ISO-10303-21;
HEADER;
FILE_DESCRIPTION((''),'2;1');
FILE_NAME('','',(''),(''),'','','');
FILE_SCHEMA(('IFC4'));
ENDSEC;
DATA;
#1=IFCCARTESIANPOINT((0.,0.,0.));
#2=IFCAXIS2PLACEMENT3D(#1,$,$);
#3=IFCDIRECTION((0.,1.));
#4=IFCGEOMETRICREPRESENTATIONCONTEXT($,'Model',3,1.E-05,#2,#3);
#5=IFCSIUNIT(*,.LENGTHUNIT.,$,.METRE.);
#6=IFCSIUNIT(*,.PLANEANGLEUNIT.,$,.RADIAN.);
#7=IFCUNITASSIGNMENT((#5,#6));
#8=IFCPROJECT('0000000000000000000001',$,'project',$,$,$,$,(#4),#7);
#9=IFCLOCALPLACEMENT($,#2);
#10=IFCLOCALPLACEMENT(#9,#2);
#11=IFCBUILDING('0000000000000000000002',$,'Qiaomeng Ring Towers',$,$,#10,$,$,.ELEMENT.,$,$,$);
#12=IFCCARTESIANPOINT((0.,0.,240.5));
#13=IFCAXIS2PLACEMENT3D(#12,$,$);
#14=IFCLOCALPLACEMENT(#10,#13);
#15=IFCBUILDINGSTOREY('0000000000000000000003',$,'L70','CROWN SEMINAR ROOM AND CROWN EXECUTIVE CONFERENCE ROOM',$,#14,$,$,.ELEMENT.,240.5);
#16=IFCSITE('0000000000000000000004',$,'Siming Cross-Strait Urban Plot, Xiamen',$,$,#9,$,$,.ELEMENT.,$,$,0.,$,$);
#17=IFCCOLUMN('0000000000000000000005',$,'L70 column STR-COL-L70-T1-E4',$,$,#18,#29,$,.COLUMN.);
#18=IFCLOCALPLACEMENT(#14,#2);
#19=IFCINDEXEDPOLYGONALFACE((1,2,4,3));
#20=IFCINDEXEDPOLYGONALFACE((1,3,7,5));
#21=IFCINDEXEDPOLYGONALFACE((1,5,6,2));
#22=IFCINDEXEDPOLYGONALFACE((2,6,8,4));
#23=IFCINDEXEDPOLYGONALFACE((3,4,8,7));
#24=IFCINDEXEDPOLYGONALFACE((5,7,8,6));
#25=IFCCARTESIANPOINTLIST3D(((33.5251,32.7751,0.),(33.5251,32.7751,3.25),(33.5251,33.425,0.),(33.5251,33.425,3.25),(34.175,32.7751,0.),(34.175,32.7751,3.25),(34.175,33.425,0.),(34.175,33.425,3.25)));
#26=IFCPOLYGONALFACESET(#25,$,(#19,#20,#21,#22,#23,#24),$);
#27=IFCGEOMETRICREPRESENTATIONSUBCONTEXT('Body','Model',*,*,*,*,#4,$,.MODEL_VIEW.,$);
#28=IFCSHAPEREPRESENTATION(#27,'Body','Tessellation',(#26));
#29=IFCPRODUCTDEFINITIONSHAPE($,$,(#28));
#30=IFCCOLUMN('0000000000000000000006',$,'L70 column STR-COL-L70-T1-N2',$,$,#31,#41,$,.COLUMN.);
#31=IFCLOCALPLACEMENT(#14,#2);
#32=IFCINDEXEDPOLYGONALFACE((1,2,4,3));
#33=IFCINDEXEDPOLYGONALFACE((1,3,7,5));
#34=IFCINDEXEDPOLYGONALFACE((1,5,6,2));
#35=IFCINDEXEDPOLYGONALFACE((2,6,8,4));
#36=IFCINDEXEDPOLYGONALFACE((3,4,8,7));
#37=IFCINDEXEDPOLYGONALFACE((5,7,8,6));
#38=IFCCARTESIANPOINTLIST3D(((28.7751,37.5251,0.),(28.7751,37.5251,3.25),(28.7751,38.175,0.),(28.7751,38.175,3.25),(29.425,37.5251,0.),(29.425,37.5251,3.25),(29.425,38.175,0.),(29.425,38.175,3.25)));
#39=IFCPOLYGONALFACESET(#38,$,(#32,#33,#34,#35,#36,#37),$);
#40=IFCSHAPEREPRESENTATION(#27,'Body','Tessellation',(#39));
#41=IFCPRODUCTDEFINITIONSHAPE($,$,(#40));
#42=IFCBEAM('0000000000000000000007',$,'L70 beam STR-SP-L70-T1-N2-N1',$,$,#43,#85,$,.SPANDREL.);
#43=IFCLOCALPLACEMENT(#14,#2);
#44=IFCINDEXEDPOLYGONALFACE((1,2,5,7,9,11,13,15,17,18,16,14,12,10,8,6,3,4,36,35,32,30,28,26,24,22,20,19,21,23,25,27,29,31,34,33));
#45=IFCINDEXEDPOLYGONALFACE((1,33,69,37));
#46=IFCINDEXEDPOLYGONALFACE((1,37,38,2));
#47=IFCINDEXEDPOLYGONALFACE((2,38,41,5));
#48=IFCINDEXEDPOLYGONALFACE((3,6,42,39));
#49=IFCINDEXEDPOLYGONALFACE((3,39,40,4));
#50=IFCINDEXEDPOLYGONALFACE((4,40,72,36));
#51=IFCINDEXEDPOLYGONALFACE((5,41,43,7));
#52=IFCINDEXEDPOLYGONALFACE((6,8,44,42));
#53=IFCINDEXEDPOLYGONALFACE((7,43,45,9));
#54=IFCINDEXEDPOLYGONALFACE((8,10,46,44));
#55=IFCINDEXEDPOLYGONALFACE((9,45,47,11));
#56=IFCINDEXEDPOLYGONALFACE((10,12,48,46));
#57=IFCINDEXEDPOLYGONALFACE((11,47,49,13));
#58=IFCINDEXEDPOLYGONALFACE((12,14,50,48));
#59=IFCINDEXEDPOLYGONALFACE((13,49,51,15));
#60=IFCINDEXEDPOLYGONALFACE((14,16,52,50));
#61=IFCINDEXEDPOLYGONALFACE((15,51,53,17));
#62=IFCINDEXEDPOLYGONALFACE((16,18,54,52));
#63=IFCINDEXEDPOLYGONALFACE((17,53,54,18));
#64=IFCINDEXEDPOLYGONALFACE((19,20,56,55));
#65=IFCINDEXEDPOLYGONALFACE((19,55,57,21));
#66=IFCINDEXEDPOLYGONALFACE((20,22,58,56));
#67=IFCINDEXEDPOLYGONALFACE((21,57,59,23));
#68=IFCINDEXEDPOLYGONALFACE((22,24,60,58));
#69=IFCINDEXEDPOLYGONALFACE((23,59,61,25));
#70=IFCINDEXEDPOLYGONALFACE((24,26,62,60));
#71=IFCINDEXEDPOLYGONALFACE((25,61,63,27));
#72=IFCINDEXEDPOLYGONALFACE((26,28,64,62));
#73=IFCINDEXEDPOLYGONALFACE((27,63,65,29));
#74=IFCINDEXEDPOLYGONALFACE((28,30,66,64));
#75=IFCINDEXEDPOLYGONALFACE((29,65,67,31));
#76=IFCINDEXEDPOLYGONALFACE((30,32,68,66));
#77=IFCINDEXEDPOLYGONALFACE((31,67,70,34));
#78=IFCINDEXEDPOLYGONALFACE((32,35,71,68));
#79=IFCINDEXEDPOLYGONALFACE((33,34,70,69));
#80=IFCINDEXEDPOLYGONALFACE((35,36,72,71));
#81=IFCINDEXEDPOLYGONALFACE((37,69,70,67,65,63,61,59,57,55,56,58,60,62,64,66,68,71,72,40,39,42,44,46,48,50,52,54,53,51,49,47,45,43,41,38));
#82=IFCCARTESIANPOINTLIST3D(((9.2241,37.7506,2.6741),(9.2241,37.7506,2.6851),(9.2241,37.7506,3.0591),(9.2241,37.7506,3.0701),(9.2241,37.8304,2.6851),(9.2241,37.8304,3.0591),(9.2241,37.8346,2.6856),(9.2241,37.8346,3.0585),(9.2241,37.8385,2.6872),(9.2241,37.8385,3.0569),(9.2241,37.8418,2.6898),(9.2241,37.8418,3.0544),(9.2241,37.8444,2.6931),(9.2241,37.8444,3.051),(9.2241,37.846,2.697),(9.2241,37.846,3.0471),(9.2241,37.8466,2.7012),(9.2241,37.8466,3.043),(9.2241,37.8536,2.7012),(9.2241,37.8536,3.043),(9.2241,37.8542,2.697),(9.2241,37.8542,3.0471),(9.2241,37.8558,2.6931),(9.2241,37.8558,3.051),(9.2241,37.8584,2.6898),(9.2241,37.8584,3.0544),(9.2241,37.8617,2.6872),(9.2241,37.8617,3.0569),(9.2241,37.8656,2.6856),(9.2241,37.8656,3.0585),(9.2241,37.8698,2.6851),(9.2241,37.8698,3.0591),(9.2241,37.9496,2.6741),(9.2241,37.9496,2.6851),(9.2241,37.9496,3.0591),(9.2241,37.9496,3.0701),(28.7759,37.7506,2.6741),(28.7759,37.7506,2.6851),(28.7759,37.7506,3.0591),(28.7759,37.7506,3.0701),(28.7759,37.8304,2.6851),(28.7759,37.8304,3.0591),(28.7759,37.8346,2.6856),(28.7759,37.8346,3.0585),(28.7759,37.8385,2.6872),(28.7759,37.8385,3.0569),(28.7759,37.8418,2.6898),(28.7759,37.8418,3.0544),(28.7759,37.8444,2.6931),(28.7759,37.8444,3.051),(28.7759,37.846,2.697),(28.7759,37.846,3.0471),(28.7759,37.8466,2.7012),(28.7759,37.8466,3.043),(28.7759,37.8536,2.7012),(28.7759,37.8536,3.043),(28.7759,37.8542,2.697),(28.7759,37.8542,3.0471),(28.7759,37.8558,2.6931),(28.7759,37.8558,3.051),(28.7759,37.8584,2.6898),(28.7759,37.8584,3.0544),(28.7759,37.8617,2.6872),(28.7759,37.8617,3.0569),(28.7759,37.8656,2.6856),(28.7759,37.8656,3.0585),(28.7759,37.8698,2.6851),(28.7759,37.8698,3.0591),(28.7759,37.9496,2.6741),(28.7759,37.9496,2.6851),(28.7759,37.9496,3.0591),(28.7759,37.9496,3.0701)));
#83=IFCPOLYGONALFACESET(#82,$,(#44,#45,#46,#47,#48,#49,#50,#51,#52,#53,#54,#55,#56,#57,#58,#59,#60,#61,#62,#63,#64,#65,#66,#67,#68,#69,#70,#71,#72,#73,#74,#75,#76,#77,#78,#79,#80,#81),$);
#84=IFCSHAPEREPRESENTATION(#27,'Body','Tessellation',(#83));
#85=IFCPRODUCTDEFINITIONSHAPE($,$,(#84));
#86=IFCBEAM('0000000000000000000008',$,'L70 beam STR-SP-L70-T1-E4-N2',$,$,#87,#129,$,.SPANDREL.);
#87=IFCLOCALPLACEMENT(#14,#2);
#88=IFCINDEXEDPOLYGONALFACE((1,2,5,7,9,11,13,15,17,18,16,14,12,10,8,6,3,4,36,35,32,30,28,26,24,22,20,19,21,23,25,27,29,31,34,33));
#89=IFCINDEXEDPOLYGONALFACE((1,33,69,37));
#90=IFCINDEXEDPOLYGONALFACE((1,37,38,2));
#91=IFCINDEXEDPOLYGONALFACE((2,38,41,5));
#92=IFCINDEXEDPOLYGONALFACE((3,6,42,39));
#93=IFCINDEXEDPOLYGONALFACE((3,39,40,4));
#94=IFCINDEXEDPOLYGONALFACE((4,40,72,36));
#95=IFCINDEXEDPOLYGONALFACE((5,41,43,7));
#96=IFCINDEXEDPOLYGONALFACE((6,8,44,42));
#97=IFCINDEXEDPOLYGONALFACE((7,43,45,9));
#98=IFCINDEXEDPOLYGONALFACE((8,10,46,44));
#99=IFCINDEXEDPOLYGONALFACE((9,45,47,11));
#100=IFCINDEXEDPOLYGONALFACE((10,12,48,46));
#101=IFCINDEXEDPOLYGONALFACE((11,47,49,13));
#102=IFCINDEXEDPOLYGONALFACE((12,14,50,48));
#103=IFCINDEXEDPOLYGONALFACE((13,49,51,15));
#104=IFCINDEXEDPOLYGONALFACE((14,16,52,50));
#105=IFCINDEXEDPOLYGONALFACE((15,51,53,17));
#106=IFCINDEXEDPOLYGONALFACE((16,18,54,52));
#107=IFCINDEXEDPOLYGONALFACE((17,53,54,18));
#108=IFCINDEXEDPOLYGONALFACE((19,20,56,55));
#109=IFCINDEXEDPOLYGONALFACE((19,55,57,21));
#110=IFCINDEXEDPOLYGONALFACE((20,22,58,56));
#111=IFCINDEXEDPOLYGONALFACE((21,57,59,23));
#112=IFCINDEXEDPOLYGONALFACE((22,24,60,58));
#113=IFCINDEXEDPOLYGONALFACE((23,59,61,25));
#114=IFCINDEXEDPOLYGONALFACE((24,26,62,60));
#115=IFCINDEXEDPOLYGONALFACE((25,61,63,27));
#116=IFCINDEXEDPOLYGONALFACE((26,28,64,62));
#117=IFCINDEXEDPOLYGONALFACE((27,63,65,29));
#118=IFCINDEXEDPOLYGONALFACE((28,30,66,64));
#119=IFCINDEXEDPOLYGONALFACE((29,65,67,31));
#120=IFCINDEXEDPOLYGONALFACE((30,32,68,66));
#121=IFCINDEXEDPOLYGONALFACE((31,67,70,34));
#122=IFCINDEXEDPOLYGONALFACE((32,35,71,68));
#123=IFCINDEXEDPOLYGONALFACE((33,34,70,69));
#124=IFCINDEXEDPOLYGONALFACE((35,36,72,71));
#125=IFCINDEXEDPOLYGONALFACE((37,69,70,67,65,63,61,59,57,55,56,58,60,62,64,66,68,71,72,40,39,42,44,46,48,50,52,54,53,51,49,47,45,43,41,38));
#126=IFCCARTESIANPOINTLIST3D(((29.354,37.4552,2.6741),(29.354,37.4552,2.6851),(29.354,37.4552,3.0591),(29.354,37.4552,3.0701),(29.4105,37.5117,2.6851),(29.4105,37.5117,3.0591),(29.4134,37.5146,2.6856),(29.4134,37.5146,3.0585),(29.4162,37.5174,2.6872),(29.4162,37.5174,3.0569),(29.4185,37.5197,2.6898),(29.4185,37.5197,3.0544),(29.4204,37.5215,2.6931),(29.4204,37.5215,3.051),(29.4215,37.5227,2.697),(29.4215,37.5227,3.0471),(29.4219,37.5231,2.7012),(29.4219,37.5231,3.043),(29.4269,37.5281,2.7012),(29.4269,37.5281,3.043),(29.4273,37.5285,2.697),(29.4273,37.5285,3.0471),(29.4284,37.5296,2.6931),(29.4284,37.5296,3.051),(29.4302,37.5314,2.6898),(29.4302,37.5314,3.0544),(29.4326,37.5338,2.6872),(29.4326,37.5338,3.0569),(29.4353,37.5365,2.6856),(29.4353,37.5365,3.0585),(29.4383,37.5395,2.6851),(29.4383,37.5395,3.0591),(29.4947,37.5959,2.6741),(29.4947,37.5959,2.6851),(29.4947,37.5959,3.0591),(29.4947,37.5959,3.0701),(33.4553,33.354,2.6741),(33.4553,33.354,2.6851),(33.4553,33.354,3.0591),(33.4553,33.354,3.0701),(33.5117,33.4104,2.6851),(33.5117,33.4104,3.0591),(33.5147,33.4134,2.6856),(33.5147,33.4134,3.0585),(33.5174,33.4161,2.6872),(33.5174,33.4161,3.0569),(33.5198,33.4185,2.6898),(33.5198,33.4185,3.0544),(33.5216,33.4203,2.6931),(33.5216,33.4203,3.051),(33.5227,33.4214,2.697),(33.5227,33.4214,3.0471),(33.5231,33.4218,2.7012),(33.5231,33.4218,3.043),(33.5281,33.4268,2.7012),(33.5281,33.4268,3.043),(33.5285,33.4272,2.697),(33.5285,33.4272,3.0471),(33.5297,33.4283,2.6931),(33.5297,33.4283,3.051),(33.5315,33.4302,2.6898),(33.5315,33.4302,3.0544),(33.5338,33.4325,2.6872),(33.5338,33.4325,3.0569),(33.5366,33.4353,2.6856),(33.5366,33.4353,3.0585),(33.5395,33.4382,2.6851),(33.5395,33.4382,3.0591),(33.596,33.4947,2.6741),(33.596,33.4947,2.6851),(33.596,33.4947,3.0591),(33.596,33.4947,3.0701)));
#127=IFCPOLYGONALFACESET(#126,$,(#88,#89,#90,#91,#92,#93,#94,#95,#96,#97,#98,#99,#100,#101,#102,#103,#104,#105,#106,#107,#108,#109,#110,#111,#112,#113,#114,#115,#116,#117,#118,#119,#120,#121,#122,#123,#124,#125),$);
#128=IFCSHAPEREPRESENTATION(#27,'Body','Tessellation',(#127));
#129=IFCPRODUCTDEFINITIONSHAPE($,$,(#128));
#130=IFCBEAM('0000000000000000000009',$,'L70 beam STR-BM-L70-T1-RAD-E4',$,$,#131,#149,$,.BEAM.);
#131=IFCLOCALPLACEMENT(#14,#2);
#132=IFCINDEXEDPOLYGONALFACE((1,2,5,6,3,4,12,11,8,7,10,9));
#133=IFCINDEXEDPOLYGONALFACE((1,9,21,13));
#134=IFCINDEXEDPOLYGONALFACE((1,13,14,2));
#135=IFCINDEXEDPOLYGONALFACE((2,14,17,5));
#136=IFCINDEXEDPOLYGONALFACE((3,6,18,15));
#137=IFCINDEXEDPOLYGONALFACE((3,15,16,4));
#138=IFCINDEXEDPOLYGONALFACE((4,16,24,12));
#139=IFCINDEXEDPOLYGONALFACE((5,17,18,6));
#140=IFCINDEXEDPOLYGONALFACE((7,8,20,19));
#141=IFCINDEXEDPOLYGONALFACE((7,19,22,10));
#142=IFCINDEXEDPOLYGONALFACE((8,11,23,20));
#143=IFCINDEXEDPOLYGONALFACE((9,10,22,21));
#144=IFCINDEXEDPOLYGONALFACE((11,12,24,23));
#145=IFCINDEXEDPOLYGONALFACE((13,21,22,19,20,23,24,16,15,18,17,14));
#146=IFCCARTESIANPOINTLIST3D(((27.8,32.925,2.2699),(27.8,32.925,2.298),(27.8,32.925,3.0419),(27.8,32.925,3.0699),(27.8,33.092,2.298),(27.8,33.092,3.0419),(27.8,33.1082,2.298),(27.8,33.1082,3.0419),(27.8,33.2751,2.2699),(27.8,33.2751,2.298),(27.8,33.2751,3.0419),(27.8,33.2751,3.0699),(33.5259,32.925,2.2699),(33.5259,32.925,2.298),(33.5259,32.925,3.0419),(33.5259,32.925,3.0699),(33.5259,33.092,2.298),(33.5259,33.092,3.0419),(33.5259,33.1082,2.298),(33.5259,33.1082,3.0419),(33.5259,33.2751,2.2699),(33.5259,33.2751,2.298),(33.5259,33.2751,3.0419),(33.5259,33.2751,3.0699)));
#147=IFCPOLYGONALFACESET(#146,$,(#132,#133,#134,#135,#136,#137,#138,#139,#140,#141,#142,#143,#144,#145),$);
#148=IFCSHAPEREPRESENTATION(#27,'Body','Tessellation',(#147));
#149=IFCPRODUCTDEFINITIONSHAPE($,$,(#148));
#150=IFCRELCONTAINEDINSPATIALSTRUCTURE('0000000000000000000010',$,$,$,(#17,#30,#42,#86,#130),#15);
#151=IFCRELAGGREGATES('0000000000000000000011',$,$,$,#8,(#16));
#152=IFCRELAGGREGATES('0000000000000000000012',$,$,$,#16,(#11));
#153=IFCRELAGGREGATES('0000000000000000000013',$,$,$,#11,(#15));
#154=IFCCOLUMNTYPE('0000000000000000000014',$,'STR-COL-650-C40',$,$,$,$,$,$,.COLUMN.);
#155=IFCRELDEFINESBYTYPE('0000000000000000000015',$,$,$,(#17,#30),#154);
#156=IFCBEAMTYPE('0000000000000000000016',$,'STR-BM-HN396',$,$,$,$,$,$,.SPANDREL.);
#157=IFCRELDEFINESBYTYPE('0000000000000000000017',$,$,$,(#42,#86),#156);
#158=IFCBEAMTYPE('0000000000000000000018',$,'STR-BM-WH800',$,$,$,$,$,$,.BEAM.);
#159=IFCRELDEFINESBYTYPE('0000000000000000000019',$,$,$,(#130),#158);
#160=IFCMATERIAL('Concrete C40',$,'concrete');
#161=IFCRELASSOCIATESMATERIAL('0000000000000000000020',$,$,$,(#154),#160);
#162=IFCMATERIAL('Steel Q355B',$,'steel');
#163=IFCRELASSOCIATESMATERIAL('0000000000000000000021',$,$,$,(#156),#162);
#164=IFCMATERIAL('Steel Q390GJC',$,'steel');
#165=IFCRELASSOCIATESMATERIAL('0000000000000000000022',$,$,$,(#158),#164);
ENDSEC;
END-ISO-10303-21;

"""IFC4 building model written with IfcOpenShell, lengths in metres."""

from ifc_helpers import new_model, si_unit, direction, frame, origin, origin_2d, place, context, subcontext, project, spatial, rectangle, i_section, extrude, source, transform, mapped, material, material_profile, profile_set, type_object, element, save


model = new_model("IFC4")

# Units and contexts
model_context = context("Model", 3, precision=1e-05, world=origin(), true_north=direction((0.0, 1.0)))
body_context = subcontext(model_context, "Body", "Model", "MODEL_VIEW")
ifc_project = project(units=[si_unit("LENGTHUNIT", "METRE"), si_unit("PLANEANGLEUNIT", "RADIAN")], contexts=[model_context])

# Site, building, storey
site_placement = place(None, origin())
site = spatial("IfcSite", under=ifc_project, at=site_placement, Name="Siming Cross-Strait Urban Plot, Xiamen", CompositionType="ELEMENT", RefElevation=0.0)
building_placement = place(site_placement, origin())
building = spatial("IfcBuilding", under=site, at=building_placement, Name="Qiaomeng Ring Towers", CompositionType="ELEMENT")
storey_placement = place(building_placement, frame((0.0, 0.0, 240.5)))
storey = spatial("IfcBuildingStorey", under=building, at=storey_placement, Name="L70", Description="CROWN SEMINAR ROOM AND CROWN EXECUTIVE CONFERENCE ROOM", CompositionType="ELEMENT", Elevation=240.5)

# Columns
ifc_material_1 = material(Name="Concrete C40", Category="concrete")
ifc_material_profile_1 = material_profile(ifc_material_1, rectangle(XDim=0.6499, YDim=0.6499, at=origin_2d()), Name="RC COL 650x650")
ifc_profile_set_1 = profile_set([ifc_material_profile_1], Name="Concrete C40")
column_type = type_object("IfcColumnType", Name="STR-COL-650-C40", PredefinedType="COLUMN", material=ifc_profile_set_1)
shared_shape_1 = source(origin(), body_context, "Body", "SweptSolid", [
    extrude(rectangle(XDim=0.6499, YDim=0.6499, at=origin_2d()), origin(), (0.0, 0.0, 1.0), 3.25),
])
for number, where, z_axis, x_axis, name in (
    (1, (33.8501, 33.1001, 0.0), (0.0, 0.0, 1.0), (1.0, 0.0, 0.0), "L70 column STR-COL-L70-T1-E4"),
    (2, (29.1001, 37.8501, 0.0), (0.0, 0.0, 1.0), (1.0, 0.0, 0.0), "L70 column STR-COL-L70-T1-N2"),
):
    element("IfcColumn", number, at=place(storey_placement, frame(where, z_axis=z_axis, x_axis=x_axis)), inside=storey, type_object=column_type, Name=name, PredefinedType="COLUMN", context=body_context, shape_type="MappedRepresentation", body=[
        mapped(shared_shape_1, transform((0.0, 0.0, 0.0), x_axis=(1.0, 0.0, 0.0), y_axis=(0.0, 1.0, 0.0), z_axis=(0.0, 0.0, 1.0), scale=1.0)),
    ])

# Beams
ifc_material_2 = material(Name="Steel Q355B", Category="steel")
ifc_material_profile_2 = material_profile(ifc_material_2, i_section(OverallWidth=0.199, OverallDepth=0.396, WebThickness=0.0071, FlangeThickness=0.011, FilletRadius=0.0161, at=origin_2d()), Name="HN 396x199x7x11")
ifc_profile_set_2 = profile_set([ifc_material_profile_2], Name="Steel Q355B")
beam_type_1 = type_object("IfcBeamType", Name="STR-BM-HN396", PredefinedType="SPANDREL", material=ifc_profile_set_2)
shared_shape_2 = source(origin(), body_context, "Body", "SweptSolid", [
    extrude(i_section(OverallWidth=0.199, OverallDepth=0.396, WebThickness=0.0071, FlangeThickness=0.011, FilletRadius=0.0161, at=origin_2d()), origin(), (0.0, 0.0, 1.0), 19.5518),
])
beam_1_placement = place(storey_placement, frame((28.7759, 37.8501, 2.8721), z_axis=(-1.0, 0.0, 0.0), x_axis=(0.0, -1.0, 0.0)))
element("IfcBeam", 3, at=beam_1_placement, inside=storey, type_object=beam_type_1, Name="L70 beam STR-SP-L70-T1-N2-N1", PredefinedType="SPANDREL", context=body_context, shape_type="MappedRepresentation", body=[
    mapped(shared_shape_2, transform((0.0, 0.0, 0.0), x_axis=(1.0, 0.0, 0.0), y_axis=(0.0, 1.0, 0.0), z_axis=(0.0, 0.0, 1.0), scale=1.0)),
])
shared_shape_3 = source(origin(), body_context, "Body", "SweptSolid", [
    extrude(i_section(OverallWidth=0.199, OverallDepth=0.396, WebThickness=0.0071, FlangeThickness=0.011, FilletRadius=0.0161, at=origin_2d()), origin(), (0.0, 0.0, 1.0), 5.8),
])
beam_2_placement = place(storey_placement, frame((33.5256, 33.4243, 2.8721), z_axis=(-0.707107, 0.707107, 0.0), x_axis=(-0.707107, -0.707107, 0.0)))
element("IfcBeam", 4, at=beam_2_placement, inside=storey, type_object=beam_type_1, Name="L70 beam STR-SP-L70-T1-E4-N2", PredefinedType="SPANDREL", context=body_context, shape_type="MappedRepresentation", body=[
    mapped(shared_shape_3, transform((0.0, 0.0, 0.0), x_axis=(1.0, 0.0, 0.0), y_axis=(0.0, 1.0, 0.0), z_axis=(0.0, 0.0, 1.0), scale=1.0)),
])
ifc_material_3 = material(Name="Steel Q390GJC", Category="steel")
ifc_material_profile_3 = material_profile(ifc_material_3, i_section(OverallWidth=0.3501, OverallDepth=0.8, WebThickness=0.0161, FlangeThickness=0.0281, at=origin_2d()), Name="WH 800x350x16x28")
ifc_profile_set_3 = profile_set([ifc_material_profile_3], Name="Steel Q390GJC")
beam_type_2 = type_object("IfcBeamType", Name="STR-BM-WH800", PredefinedType="BEAM", material=ifc_profile_set_3)
shared_shape_4 = source(origin(), body_context, "Body", "SweptSolid", [
    extrude(i_section(OverallWidth=0.3501, OverallDepth=0.8, WebThickness=0.0161, FlangeThickness=0.0281, at=origin_2d()), origin(), (0.0, 0.0, 1.0), 5.7258),
])
beam_3_placement = place(storey_placement, frame((27.8, 33.1001, 2.6699), z_axis=(1.0, 0.0, 0.0), x_axis=(0.0, 1.0, 0.0)))
element("IfcBeam", 5, at=beam_3_placement, inside=storey, type_object=beam_type_2, Name="L70 beam STR-BM-L70-T1-RAD-E4", PredefinedType="BEAM", context=body_context, shape_type="MappedRepresentation", body=[
    mapped(shared_shape_4, transform((0.0, 0.0, 0.0), x_axis=(1.0, 0.0, 0.0), y_axis=(0.0, 1.0, 0.0), z_axis=(0.0, 0.0, 1.0), scale=1.0)),
])

save(model, "model.ifc")
